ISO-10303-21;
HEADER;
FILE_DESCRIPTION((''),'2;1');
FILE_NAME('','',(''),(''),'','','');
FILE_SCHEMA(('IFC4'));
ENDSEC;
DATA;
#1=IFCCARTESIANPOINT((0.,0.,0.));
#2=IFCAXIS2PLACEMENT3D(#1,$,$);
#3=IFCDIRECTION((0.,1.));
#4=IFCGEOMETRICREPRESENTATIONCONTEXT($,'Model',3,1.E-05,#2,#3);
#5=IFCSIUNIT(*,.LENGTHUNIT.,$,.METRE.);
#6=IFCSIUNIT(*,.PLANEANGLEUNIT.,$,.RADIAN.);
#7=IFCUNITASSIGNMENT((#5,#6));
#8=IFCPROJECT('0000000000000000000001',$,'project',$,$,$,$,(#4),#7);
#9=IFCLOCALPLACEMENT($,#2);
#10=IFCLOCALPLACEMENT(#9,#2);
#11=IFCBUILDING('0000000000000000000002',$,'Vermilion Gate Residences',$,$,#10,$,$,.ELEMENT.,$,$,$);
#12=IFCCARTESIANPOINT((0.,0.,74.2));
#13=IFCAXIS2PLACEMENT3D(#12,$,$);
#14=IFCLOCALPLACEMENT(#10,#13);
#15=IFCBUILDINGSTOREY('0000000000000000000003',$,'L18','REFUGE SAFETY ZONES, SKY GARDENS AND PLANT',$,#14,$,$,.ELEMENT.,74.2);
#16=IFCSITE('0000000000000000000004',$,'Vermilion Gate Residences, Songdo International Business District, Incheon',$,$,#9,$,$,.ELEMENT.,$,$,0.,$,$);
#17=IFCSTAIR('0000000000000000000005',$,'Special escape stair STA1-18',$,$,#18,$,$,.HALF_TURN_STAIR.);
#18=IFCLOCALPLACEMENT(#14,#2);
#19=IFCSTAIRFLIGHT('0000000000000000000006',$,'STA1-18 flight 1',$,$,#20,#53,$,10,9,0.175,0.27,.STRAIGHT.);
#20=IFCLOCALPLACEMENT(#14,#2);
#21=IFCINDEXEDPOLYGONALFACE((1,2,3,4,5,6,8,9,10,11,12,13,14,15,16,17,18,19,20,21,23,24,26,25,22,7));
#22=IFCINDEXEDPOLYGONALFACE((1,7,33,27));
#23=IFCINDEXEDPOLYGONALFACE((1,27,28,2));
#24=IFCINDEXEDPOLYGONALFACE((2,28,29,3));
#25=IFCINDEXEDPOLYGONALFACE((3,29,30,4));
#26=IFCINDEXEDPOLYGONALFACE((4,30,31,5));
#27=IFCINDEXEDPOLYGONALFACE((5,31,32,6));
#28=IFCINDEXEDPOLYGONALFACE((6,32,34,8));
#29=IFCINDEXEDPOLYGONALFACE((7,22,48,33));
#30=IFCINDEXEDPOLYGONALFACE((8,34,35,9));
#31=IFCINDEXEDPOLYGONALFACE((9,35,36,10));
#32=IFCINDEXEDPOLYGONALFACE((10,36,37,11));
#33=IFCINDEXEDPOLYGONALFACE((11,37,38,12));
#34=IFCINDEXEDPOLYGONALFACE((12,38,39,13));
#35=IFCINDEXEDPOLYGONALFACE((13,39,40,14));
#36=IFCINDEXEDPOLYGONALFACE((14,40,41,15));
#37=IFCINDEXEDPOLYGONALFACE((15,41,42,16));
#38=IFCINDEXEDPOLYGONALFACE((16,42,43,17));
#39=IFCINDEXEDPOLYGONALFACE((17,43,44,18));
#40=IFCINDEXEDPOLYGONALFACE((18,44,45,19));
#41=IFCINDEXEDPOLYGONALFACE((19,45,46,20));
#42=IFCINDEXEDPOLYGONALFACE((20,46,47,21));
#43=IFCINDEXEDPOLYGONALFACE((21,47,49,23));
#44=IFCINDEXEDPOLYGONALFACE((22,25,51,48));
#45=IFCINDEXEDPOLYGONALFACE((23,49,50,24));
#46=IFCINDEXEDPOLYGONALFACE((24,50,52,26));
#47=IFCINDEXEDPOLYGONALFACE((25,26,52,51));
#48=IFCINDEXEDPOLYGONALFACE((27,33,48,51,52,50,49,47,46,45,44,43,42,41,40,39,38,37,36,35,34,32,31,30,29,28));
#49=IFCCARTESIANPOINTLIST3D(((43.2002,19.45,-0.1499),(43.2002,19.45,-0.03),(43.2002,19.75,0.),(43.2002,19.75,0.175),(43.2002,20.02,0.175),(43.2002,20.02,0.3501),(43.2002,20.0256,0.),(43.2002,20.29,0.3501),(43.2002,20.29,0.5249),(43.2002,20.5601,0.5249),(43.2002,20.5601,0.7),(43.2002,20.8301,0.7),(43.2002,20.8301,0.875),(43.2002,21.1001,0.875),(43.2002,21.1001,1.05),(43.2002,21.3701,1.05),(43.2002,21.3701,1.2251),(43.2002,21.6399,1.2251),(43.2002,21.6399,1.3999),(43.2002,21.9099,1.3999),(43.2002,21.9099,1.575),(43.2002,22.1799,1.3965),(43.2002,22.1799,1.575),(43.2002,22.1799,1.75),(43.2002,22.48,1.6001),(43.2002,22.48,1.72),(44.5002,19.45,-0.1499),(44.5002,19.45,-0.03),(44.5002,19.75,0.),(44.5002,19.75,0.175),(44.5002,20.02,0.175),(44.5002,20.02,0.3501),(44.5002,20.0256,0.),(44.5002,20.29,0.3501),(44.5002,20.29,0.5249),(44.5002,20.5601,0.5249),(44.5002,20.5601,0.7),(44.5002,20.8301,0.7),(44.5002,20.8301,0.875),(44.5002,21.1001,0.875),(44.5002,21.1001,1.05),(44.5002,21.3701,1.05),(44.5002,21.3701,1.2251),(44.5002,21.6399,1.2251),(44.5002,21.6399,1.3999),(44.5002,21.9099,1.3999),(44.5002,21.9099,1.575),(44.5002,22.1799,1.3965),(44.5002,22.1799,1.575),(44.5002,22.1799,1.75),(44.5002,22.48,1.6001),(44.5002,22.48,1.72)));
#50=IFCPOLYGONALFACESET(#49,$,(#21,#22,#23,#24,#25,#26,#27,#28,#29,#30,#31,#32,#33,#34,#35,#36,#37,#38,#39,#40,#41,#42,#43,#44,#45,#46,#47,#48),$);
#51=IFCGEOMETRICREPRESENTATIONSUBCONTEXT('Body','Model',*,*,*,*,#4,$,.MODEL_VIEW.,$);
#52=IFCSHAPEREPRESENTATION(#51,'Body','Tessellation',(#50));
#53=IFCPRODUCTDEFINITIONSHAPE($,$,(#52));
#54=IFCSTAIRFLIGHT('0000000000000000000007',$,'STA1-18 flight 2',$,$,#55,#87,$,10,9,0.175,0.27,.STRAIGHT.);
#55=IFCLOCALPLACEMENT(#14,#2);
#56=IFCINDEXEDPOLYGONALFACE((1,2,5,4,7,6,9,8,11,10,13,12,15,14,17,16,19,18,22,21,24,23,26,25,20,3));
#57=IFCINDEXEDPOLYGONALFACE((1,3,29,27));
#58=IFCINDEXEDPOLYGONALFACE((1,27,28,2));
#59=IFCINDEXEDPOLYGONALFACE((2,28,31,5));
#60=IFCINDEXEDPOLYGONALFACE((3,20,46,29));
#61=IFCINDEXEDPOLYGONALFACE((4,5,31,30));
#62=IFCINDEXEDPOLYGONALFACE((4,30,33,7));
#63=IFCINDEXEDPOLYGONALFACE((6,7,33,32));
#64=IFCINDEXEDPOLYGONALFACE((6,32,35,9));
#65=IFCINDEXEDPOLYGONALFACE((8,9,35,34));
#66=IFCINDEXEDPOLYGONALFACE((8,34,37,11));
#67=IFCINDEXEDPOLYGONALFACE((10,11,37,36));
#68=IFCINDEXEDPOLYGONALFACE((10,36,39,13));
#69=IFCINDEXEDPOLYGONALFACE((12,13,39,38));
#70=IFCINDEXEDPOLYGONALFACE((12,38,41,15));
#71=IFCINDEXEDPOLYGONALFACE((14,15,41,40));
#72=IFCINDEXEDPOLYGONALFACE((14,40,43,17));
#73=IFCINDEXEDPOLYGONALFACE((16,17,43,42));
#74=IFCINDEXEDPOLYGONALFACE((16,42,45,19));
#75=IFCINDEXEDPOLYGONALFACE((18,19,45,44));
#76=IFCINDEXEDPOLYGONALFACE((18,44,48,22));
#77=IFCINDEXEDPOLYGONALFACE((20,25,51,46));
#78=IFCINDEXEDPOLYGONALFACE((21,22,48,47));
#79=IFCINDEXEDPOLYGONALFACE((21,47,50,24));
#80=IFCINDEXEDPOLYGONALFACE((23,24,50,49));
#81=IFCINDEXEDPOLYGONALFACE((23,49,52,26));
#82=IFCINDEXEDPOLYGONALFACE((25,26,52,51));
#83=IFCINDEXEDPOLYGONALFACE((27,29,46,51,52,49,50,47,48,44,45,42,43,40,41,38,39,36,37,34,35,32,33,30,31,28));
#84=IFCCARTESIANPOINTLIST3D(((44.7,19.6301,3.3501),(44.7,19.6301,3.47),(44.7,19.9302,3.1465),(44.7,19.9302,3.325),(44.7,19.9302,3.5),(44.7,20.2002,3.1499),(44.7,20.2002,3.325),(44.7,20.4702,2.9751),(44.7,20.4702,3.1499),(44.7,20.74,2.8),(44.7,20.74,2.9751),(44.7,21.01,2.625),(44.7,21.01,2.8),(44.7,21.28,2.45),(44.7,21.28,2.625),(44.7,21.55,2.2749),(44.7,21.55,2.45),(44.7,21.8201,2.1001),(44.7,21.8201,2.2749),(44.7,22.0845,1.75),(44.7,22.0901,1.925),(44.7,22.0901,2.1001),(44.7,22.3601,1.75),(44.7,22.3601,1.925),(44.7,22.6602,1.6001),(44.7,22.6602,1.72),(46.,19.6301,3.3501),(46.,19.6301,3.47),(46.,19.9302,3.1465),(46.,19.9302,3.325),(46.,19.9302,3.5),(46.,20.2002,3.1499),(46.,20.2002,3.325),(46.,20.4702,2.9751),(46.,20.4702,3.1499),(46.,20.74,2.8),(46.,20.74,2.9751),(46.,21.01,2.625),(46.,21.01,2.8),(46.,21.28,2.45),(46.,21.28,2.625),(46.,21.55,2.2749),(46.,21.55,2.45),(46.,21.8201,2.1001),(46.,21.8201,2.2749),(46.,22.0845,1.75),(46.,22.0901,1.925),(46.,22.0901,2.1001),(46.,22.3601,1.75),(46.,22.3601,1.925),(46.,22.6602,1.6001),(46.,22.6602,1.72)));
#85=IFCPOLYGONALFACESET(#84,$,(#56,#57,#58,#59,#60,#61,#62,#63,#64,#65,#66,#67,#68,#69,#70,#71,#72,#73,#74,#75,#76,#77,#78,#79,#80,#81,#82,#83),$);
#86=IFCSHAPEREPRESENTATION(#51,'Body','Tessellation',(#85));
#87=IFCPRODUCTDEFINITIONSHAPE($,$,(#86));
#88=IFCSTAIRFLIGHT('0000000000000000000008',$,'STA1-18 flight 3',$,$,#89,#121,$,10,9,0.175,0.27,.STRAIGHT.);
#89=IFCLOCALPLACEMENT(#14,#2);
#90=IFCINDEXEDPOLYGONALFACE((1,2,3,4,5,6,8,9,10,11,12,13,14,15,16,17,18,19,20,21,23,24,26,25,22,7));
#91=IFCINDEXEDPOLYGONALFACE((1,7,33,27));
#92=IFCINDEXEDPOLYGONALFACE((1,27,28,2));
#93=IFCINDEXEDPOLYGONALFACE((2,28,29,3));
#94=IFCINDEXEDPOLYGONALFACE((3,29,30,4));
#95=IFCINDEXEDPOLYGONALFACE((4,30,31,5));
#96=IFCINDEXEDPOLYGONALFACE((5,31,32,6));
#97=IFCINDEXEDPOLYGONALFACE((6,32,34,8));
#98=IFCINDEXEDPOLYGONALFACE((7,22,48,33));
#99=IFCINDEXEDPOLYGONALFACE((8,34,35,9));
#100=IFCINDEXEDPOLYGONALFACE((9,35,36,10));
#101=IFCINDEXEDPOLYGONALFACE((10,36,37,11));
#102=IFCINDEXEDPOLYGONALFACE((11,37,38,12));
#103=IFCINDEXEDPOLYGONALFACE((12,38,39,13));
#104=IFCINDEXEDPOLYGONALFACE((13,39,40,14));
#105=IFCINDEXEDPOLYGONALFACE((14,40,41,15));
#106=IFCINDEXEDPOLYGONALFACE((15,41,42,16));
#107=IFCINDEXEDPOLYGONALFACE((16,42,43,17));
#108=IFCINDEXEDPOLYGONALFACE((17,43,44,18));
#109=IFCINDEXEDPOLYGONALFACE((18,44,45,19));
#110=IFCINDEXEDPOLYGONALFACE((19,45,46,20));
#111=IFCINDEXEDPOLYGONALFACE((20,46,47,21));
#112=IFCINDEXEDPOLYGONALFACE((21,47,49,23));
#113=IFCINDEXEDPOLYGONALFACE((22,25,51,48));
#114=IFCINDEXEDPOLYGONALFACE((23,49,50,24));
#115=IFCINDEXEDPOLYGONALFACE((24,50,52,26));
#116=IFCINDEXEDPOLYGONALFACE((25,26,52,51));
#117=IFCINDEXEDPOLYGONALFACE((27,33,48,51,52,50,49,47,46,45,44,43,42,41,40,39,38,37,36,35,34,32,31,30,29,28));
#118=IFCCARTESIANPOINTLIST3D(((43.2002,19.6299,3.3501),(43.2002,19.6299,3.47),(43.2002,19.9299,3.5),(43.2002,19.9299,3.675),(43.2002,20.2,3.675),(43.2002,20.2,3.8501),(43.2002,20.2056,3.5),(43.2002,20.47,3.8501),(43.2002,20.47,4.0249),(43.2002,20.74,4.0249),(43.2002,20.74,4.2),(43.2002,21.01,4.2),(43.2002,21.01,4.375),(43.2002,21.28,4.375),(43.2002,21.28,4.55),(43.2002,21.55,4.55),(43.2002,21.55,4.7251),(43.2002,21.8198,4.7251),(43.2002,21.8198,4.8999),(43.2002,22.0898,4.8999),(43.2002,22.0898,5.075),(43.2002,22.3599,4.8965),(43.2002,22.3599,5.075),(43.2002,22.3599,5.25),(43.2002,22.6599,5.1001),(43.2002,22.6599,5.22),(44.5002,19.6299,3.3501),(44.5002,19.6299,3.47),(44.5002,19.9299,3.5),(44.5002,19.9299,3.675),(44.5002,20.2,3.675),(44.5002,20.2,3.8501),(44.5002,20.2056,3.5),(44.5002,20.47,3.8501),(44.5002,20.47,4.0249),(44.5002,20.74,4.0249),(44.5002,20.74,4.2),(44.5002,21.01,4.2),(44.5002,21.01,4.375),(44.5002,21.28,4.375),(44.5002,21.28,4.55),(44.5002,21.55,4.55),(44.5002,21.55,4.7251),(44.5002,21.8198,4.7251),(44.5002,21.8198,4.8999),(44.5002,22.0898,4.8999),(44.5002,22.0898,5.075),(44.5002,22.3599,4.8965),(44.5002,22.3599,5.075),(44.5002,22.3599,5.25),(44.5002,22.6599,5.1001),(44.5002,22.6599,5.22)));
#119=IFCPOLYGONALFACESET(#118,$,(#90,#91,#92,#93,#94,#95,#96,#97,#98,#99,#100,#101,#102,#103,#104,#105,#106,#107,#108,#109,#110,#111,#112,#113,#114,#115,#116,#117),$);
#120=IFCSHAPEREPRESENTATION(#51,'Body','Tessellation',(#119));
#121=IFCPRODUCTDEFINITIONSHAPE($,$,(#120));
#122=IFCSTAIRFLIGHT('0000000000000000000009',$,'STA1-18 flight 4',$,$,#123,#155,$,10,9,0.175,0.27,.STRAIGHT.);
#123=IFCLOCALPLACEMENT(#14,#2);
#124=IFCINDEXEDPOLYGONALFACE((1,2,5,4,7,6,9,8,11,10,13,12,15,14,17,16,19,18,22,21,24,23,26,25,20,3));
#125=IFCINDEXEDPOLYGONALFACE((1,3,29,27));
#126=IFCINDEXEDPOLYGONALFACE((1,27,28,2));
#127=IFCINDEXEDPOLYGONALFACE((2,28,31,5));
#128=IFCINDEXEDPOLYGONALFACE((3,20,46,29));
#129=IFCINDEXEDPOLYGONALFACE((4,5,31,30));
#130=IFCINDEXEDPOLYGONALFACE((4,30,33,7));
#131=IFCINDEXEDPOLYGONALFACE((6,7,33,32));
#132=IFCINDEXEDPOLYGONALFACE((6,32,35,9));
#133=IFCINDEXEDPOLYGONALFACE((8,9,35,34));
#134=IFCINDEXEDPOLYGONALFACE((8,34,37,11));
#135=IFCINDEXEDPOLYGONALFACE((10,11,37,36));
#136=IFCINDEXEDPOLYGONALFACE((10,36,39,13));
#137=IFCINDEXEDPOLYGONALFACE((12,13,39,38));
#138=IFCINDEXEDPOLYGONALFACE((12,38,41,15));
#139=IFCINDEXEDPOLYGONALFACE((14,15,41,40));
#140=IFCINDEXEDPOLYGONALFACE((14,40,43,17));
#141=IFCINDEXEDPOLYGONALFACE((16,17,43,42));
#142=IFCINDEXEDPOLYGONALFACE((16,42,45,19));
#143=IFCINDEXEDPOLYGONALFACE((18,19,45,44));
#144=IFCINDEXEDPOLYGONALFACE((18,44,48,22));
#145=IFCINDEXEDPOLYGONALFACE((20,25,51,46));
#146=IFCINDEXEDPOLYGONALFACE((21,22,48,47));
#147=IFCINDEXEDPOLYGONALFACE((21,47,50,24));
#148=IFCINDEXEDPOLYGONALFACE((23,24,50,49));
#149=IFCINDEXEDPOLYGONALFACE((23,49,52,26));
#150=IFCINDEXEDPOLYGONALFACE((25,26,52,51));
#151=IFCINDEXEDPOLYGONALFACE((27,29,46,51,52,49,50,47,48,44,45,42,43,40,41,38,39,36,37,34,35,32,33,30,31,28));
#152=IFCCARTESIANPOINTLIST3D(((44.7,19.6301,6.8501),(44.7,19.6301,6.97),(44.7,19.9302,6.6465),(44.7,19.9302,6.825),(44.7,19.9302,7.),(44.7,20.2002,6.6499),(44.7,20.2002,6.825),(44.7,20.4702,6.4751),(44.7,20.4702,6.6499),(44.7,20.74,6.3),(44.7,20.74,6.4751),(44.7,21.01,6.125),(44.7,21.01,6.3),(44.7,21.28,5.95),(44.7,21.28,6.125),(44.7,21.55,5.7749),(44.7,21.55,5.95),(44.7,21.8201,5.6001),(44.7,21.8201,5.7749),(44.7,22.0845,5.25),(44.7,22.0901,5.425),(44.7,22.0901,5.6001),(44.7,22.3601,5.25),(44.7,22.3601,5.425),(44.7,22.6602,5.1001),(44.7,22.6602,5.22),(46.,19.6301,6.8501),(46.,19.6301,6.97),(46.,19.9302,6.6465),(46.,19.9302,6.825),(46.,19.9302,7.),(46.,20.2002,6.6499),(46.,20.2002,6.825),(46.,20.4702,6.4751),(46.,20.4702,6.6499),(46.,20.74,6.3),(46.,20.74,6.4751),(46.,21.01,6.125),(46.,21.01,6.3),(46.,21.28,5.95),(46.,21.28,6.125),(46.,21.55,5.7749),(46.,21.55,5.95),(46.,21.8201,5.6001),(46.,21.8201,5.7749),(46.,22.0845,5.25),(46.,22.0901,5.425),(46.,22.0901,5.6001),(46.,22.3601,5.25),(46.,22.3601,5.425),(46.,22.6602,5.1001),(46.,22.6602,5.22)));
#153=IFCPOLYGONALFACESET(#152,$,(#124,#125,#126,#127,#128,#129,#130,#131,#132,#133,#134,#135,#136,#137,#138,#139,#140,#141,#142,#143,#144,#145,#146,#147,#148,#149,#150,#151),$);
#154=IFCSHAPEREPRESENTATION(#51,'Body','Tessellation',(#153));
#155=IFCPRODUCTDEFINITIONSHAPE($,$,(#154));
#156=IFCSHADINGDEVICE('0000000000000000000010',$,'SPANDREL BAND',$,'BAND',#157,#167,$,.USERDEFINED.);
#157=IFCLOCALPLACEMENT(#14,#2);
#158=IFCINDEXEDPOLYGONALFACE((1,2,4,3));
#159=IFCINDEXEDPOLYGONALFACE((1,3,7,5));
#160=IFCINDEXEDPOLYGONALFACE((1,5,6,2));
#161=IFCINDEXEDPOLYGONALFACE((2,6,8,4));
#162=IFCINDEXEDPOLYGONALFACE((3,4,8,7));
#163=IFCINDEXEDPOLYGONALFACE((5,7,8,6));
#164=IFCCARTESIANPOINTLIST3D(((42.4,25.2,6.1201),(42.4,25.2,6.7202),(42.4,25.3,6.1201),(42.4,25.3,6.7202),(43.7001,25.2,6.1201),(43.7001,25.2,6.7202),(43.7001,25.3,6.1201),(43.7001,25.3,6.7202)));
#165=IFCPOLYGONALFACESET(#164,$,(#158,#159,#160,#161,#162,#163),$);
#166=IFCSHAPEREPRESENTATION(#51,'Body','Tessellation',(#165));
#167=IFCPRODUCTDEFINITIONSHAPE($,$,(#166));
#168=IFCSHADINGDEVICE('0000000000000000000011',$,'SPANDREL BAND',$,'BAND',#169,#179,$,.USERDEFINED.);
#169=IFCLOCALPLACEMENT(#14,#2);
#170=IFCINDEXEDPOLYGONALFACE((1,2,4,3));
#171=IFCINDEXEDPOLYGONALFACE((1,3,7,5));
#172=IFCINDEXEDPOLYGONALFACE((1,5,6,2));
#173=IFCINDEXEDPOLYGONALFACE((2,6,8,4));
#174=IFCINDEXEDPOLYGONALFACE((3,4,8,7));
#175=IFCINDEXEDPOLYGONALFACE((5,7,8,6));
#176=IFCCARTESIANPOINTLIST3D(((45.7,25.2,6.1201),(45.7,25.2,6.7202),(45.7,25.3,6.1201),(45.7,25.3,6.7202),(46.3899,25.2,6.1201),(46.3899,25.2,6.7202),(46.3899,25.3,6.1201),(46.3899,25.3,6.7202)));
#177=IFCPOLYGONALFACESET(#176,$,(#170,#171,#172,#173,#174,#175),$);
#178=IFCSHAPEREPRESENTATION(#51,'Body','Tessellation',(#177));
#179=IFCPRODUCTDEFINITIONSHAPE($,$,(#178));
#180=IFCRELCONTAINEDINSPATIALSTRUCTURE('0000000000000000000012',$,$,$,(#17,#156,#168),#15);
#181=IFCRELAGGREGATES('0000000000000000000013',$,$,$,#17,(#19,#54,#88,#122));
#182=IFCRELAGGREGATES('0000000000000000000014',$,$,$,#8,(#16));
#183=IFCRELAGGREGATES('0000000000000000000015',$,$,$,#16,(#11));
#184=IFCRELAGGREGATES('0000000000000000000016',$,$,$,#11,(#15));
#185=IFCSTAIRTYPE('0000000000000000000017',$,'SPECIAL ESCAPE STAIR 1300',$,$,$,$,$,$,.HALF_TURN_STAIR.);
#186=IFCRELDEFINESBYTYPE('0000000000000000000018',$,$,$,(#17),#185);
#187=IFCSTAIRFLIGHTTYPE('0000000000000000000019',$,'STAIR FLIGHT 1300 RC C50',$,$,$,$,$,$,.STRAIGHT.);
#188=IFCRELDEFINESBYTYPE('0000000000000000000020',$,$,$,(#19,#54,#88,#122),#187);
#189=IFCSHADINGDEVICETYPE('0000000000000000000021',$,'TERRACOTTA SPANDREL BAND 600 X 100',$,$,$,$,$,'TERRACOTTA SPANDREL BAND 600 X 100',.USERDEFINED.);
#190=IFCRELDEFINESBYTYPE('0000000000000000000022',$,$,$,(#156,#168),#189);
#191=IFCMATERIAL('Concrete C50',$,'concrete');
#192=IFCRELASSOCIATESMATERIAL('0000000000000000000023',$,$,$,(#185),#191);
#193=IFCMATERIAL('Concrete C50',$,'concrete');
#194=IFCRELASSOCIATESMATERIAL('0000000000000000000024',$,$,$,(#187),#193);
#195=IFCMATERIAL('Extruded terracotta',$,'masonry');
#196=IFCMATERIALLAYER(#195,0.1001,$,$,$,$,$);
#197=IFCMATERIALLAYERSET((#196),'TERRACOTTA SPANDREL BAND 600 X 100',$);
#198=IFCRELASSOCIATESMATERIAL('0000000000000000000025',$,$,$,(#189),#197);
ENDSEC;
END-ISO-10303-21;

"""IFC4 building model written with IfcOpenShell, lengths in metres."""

from ifc_helpers import new_model, si_unit, direction, frame, origin, origin_2d, place, context, subcontext, project, spatial, polyline, rectangle, outline, extrude, material, layer, layer_set, type_object, element, aggregate, save


model = new_model("IFC4")

# Units and contexts
model_context = context("Model", 3, precision=1e-05, world=origin(), true_north=direction((0.0, 1.0)))
body_context = subcontext(model_context, "Body", "Model", "MODEL_VIEW")
ifc_project = project(units=[si_unit("LENGTHUNIT", "METRE"), si_unit("PLANEANGLEUNIT", "RADIAN")], contexts=[model_context])

# Site, building, storey
site_placement = place(None, origin())
site = spatial("IfcSite", under=ifc_project, at=site_placement, Name="Vermilion Gate Residences, Songdo International Business District, Incheon", CompositionType="ELEMENT", RefElevation=0.0)
building_placement = place(site_placement, origin())
building = spatial("IfcBuilding", under=site, at=building_placement, Name="Vermilion Gate Residences", CompositionType="ELEMENT")
storey_placement = place(building_placement, frame((0.0, 0.0, 74.2)))
storey = spatial("IfcBuildingStorey", under=building, at=storey_placement, Name="L18", Description="REFUGE SAFETY ZONES, SKY GARDENS AND PLANT", CompositionType="ELEMENT", Elevation=74.2)

# Stair, stair flights
ifc_material_1 = material(Name="Concrete C50", Category="concrete")
stair_type = type_object("IfcStairType", Name="SPECIAL ESCAPE STAIR 1300", PredefinedType="HALF_TURN_STAIR", material=ifc_material_1)
stair_placement = place(storey_placement, origin())
stair = element("IfcStair", 1, at=stair_placement, inside=storey, type_object=stair_type, Name="Special escape stair STA1-18", PredefinedType="HALF_TURN_STAIR")
ifc_material_2 = material(Name="Concrete C50", Category="concrete")
stair_flight_type = type_object("IfcStairFlightType", Name="STAIR FLIGHT 1300 RC C50", PredefinedType="STRAIGHT", material=ifc_material_2)
stair_flight_1_placement = place(storey_placement, frame((43.8501, 19.75, 0.0), z_axis=(0.0, 0.0, 1.0), x_axis=(0.0, 1.0, 0.0)))
stair_flight_1 = element("IfcStairFlight", 2, at=stair_flight_1_placement, type_object=stair_flight_type, Name="STA1-18 flight 1", NumberOfRisers=10, NumberOfTreads=9, PredefinedType="STRAIGHT", RiserHeight=0.175, TreadLength=0.27, context=body_context, shape_type="SweptSolid", body=[
    extrude(outline(polyline([(-0.3, -0.1499), (-0.3, -0.03), (0.0, 0.0), (0.0, 0.175), (0.27, 0.175), (0.27, 0.3501), (0.54, 0.3501), (0.54, 0.5249), (0.8101, 0.5249), (0.8101, 0.7), (1.0801, 0.7), (1.0801, 0.875), (1.3501, 0.875), (1.3501, 1.05), (1.6201, 1.05), (1.6201, 1.2251), (1.8899, 1.2251), (1.8899, 1.3999), (2.1599, 1.3999), (2.1599, 1.575), (2.4299, 1.575), (2.4299, 1.75), (2.73, 1.72), (2.73, 1.6001), (2.4299, 1.3965), (0.2756, 0.0), (-0.3, -0.1499)])), frame((0.0, 0.6499, 0.0), z_axis=(0.0, -1.0, 0.0), x_axis=(1.0, 0.0, 0.0)), (0.0, 0.0, 1.0), 1.3),
])
stair_flight_2_placement = place(storey_placement, frame((45.3501, 22.3601, 1.75), z_axis=(0.0, 0.0, 1.0), x_axis=(0.0, -1.0, 0.0)))
stair_flight_2 = element("IfcStairFlight", 3, at=stair_flight_2_placement, type_object=stair_flight_type, Name="STA1-18 flight 2", NumberOfRisers=10, NumberOfTreads=9, PredefinedType="STRAIGHT", RiserHeight=0.175, TreadLength=0.27, context=body_context, shape_type="SweptSolid", body=[
    extrude(outline(polyline([(-0.3, -0.1499), (-0.3, -0.03), (0.0, 0.0), (0.0, 0.175), (0.27, 0.175), (0.27, 0.3501), (0.54, 0.3501), (0.54, 0.5249), (0.8101, 0.5249), (0.8101, 0.7), (1.0801, 0.7), (1.0801, 0.875), (1.3501, 0.875), (1.3501, 1.05), (1.6201, 1.05), (1.6201, 1.2251), (1.8899, 1.2251), (1.8899, 1.3999), (2.1599, 1.3999), (2.1599, 1.575), (2.4299, 1.575), (2.4299, 1.75), (2.73, 1.72), (2.73, 1.6001), (2.4299, 1.3965), (0.2756, 0.0), (-0.3, -0.1499)])), frame((0.0, 0.6499, 0.0), z_axis=(0.0, -1.0, 0.0), x_axis=(1.0, 0.0, 0.0)), (0.0, 0.0, 1.0), 1.3),
])
stair_flight_3_placement = place(storey_placement, frame((43.8501, 19.9299, 3.5), z_axis=(0.0, 0.0, 1.0), x_axis=(0.0, 1.0, 0.0)))
stair_flight_3 = element("IfcStairFlight", 4, at=stair_flight_3_placement, type_object=stair_flight_type, Name="STA1-18 flight 3", NumberOfRisers=10, NumberOfTreads=9, PredefinedType="STRAIGHT", RiserHeight=0.175, TreadLength=0.27, context=body_context, shape_type="SweptSolid", body=[
    extrude(outline(polyline([(-0.3, -0.1499), (-0.3, -0.03), (0.0, 0.0), (0.0, 0.175), (0.27, 0.175), (0.27, 0.3501), (0.54, 0.3501), (0.54, 0.5249), (0.8101, 0.5249), (0.8101, 0.7), (1.0801, 0.7), (1.0801, 0.875), (1.3501, 0.875), (1.3501, 1.05), (1.6201, 1.05), (1.6201, 1.2251), (1.8899, 1.2251), (1.8899, 1.3999), (2.1599, 1.3999), (2.1599, 1.575), (2.4299, 1.575), (2.4299, 1.75), (2.73, 1.72), (2.73, 1.6001), (2.4299, 1.3965), (0.2756, 0.0), (-0.3, -0.1499)])), frame((0.0, 0.6499, 0.0), z_axis=(0.0, -1.0, 0.0), x_axis=(1.0, 0.0, 0.0)), (0.0, 0.0, 1.0), 1.3),
])
stair_flight_4_placement = place(storey_placement, frame((45.3501, 22.3601, 5.25), z_axis=(0.0, 0.0, 1.0), x_axis=(0.0, -1.0, 0.0)))
stair_flight_4 = element("IfcStairFlight", 5, at=stair_flight_4_placement, type_object=stair_flight_type, Name="STA1-18 flight 4", NumberOfRisers=10, NumberOfTreads=9, PredefinedType="STRAIGHT", RiserHeight=0.175, TreadLength=0.27, context=body_context, shape_type="SweptSolid", body=[
    extrude(outline(polyline([(-0.3, -0.1499), (-0.3, -0.03), (0.0, 0.0), (0.0, 0.175), (0.27, 0.175), (0.27, 0.3501), (0.54, 0.3501), (0.54, 0.5249), (0.8101, 0.5249), (0.8101, 0.7), (1.0801, 0.7), (1.0801, 0.875), (1.3501, 0.875), (1.3501, 1.05), (1.6201, 1.05), (1.6201, 1.2251), (1.8899, 1.2251), (1.8899, 1.3999), (2.1599, 1.3999), (2.1599, 1.575), (2.4299, 1.575), (2.4299, 1.75), (2.73, 1.72), (2.73, 1.6001), (2.4299, 1.3965), (0.2756, 0.0), (-0.3, -0.1499)])), frame((0.0, 0.6499, 0.0), z_axis=(0.0, -1.0, 0.0), x_axis=(1.0, 0.0, 0.0)), (0.0, 0.0, 1.0), 1.3),
])
aggregate(stair, [stair_flight_1, stair_flight_2, stair_flight_3, stair_flight_4])

# Shading devices
ifc_material_3 = material(Name="Extruded terracotta", Category="masonry")
ifc_layer_1 = layer(ifc_material_3, 0.1001)
ifc_layer_set_1 = layer_set([ifc_layer_1], Name="TERRACOTTA SPANDREL BAND 600 X 100")
shading_device_type = type_object("IfcShadingDeviceType", Name="TERRACOTTA SPANDREL BAND 600 X 100", ElementType="TERRACOTTA SPANDREL BAND 600 X 100", PredefinedType="USERDEFINED", material=ifc_layer_set_1)
shading_device_1_placement = place(storey_placement, frame((43.05, 25.25, 6.1201), z_axis=(0.0, 0.0, 1.0), x_axis=(1.0, 0.0, 0.0)))
element("IfcShadingDevice", 6, at=shading_device_1_placement, inside=storey, type_object=shading_device_type, Name="SPANDREL BAND", ObjectType="BAND", PredefinedType="USERDEFINED", context=body_context, shape_type="SweptSolid", body=[
    extrude(rectangle(XDim=1.3, YDim=0.1001, at=origin_2d()), origin(), (0.0, 0.0, 1.0), 0.6001),
])
shading_device_2_placement = place(storey_placement, frame((46.0449, 25.25, 6.1201), z_axis=(0.0, 0.0, 1.0), x_axis=(1.0, 0.0, 0.0)))
element("IfcShadingDevice", 7, at=shading_device_2_placement, inside=storey, type_object=shading_device_type, Name="SPANDREL BAND", ObjectType="BAND", PredefinedType="USERDEFINED", context=body_context, shape_type="SweptSolid", body=[
    extrude(rectangle(XDim=0.6899, YDim=0.1001, at=origin_2d()), origin(), (0.0, 0.0, 1.0), 0.6001),
])

save(model, "model.ifc")
